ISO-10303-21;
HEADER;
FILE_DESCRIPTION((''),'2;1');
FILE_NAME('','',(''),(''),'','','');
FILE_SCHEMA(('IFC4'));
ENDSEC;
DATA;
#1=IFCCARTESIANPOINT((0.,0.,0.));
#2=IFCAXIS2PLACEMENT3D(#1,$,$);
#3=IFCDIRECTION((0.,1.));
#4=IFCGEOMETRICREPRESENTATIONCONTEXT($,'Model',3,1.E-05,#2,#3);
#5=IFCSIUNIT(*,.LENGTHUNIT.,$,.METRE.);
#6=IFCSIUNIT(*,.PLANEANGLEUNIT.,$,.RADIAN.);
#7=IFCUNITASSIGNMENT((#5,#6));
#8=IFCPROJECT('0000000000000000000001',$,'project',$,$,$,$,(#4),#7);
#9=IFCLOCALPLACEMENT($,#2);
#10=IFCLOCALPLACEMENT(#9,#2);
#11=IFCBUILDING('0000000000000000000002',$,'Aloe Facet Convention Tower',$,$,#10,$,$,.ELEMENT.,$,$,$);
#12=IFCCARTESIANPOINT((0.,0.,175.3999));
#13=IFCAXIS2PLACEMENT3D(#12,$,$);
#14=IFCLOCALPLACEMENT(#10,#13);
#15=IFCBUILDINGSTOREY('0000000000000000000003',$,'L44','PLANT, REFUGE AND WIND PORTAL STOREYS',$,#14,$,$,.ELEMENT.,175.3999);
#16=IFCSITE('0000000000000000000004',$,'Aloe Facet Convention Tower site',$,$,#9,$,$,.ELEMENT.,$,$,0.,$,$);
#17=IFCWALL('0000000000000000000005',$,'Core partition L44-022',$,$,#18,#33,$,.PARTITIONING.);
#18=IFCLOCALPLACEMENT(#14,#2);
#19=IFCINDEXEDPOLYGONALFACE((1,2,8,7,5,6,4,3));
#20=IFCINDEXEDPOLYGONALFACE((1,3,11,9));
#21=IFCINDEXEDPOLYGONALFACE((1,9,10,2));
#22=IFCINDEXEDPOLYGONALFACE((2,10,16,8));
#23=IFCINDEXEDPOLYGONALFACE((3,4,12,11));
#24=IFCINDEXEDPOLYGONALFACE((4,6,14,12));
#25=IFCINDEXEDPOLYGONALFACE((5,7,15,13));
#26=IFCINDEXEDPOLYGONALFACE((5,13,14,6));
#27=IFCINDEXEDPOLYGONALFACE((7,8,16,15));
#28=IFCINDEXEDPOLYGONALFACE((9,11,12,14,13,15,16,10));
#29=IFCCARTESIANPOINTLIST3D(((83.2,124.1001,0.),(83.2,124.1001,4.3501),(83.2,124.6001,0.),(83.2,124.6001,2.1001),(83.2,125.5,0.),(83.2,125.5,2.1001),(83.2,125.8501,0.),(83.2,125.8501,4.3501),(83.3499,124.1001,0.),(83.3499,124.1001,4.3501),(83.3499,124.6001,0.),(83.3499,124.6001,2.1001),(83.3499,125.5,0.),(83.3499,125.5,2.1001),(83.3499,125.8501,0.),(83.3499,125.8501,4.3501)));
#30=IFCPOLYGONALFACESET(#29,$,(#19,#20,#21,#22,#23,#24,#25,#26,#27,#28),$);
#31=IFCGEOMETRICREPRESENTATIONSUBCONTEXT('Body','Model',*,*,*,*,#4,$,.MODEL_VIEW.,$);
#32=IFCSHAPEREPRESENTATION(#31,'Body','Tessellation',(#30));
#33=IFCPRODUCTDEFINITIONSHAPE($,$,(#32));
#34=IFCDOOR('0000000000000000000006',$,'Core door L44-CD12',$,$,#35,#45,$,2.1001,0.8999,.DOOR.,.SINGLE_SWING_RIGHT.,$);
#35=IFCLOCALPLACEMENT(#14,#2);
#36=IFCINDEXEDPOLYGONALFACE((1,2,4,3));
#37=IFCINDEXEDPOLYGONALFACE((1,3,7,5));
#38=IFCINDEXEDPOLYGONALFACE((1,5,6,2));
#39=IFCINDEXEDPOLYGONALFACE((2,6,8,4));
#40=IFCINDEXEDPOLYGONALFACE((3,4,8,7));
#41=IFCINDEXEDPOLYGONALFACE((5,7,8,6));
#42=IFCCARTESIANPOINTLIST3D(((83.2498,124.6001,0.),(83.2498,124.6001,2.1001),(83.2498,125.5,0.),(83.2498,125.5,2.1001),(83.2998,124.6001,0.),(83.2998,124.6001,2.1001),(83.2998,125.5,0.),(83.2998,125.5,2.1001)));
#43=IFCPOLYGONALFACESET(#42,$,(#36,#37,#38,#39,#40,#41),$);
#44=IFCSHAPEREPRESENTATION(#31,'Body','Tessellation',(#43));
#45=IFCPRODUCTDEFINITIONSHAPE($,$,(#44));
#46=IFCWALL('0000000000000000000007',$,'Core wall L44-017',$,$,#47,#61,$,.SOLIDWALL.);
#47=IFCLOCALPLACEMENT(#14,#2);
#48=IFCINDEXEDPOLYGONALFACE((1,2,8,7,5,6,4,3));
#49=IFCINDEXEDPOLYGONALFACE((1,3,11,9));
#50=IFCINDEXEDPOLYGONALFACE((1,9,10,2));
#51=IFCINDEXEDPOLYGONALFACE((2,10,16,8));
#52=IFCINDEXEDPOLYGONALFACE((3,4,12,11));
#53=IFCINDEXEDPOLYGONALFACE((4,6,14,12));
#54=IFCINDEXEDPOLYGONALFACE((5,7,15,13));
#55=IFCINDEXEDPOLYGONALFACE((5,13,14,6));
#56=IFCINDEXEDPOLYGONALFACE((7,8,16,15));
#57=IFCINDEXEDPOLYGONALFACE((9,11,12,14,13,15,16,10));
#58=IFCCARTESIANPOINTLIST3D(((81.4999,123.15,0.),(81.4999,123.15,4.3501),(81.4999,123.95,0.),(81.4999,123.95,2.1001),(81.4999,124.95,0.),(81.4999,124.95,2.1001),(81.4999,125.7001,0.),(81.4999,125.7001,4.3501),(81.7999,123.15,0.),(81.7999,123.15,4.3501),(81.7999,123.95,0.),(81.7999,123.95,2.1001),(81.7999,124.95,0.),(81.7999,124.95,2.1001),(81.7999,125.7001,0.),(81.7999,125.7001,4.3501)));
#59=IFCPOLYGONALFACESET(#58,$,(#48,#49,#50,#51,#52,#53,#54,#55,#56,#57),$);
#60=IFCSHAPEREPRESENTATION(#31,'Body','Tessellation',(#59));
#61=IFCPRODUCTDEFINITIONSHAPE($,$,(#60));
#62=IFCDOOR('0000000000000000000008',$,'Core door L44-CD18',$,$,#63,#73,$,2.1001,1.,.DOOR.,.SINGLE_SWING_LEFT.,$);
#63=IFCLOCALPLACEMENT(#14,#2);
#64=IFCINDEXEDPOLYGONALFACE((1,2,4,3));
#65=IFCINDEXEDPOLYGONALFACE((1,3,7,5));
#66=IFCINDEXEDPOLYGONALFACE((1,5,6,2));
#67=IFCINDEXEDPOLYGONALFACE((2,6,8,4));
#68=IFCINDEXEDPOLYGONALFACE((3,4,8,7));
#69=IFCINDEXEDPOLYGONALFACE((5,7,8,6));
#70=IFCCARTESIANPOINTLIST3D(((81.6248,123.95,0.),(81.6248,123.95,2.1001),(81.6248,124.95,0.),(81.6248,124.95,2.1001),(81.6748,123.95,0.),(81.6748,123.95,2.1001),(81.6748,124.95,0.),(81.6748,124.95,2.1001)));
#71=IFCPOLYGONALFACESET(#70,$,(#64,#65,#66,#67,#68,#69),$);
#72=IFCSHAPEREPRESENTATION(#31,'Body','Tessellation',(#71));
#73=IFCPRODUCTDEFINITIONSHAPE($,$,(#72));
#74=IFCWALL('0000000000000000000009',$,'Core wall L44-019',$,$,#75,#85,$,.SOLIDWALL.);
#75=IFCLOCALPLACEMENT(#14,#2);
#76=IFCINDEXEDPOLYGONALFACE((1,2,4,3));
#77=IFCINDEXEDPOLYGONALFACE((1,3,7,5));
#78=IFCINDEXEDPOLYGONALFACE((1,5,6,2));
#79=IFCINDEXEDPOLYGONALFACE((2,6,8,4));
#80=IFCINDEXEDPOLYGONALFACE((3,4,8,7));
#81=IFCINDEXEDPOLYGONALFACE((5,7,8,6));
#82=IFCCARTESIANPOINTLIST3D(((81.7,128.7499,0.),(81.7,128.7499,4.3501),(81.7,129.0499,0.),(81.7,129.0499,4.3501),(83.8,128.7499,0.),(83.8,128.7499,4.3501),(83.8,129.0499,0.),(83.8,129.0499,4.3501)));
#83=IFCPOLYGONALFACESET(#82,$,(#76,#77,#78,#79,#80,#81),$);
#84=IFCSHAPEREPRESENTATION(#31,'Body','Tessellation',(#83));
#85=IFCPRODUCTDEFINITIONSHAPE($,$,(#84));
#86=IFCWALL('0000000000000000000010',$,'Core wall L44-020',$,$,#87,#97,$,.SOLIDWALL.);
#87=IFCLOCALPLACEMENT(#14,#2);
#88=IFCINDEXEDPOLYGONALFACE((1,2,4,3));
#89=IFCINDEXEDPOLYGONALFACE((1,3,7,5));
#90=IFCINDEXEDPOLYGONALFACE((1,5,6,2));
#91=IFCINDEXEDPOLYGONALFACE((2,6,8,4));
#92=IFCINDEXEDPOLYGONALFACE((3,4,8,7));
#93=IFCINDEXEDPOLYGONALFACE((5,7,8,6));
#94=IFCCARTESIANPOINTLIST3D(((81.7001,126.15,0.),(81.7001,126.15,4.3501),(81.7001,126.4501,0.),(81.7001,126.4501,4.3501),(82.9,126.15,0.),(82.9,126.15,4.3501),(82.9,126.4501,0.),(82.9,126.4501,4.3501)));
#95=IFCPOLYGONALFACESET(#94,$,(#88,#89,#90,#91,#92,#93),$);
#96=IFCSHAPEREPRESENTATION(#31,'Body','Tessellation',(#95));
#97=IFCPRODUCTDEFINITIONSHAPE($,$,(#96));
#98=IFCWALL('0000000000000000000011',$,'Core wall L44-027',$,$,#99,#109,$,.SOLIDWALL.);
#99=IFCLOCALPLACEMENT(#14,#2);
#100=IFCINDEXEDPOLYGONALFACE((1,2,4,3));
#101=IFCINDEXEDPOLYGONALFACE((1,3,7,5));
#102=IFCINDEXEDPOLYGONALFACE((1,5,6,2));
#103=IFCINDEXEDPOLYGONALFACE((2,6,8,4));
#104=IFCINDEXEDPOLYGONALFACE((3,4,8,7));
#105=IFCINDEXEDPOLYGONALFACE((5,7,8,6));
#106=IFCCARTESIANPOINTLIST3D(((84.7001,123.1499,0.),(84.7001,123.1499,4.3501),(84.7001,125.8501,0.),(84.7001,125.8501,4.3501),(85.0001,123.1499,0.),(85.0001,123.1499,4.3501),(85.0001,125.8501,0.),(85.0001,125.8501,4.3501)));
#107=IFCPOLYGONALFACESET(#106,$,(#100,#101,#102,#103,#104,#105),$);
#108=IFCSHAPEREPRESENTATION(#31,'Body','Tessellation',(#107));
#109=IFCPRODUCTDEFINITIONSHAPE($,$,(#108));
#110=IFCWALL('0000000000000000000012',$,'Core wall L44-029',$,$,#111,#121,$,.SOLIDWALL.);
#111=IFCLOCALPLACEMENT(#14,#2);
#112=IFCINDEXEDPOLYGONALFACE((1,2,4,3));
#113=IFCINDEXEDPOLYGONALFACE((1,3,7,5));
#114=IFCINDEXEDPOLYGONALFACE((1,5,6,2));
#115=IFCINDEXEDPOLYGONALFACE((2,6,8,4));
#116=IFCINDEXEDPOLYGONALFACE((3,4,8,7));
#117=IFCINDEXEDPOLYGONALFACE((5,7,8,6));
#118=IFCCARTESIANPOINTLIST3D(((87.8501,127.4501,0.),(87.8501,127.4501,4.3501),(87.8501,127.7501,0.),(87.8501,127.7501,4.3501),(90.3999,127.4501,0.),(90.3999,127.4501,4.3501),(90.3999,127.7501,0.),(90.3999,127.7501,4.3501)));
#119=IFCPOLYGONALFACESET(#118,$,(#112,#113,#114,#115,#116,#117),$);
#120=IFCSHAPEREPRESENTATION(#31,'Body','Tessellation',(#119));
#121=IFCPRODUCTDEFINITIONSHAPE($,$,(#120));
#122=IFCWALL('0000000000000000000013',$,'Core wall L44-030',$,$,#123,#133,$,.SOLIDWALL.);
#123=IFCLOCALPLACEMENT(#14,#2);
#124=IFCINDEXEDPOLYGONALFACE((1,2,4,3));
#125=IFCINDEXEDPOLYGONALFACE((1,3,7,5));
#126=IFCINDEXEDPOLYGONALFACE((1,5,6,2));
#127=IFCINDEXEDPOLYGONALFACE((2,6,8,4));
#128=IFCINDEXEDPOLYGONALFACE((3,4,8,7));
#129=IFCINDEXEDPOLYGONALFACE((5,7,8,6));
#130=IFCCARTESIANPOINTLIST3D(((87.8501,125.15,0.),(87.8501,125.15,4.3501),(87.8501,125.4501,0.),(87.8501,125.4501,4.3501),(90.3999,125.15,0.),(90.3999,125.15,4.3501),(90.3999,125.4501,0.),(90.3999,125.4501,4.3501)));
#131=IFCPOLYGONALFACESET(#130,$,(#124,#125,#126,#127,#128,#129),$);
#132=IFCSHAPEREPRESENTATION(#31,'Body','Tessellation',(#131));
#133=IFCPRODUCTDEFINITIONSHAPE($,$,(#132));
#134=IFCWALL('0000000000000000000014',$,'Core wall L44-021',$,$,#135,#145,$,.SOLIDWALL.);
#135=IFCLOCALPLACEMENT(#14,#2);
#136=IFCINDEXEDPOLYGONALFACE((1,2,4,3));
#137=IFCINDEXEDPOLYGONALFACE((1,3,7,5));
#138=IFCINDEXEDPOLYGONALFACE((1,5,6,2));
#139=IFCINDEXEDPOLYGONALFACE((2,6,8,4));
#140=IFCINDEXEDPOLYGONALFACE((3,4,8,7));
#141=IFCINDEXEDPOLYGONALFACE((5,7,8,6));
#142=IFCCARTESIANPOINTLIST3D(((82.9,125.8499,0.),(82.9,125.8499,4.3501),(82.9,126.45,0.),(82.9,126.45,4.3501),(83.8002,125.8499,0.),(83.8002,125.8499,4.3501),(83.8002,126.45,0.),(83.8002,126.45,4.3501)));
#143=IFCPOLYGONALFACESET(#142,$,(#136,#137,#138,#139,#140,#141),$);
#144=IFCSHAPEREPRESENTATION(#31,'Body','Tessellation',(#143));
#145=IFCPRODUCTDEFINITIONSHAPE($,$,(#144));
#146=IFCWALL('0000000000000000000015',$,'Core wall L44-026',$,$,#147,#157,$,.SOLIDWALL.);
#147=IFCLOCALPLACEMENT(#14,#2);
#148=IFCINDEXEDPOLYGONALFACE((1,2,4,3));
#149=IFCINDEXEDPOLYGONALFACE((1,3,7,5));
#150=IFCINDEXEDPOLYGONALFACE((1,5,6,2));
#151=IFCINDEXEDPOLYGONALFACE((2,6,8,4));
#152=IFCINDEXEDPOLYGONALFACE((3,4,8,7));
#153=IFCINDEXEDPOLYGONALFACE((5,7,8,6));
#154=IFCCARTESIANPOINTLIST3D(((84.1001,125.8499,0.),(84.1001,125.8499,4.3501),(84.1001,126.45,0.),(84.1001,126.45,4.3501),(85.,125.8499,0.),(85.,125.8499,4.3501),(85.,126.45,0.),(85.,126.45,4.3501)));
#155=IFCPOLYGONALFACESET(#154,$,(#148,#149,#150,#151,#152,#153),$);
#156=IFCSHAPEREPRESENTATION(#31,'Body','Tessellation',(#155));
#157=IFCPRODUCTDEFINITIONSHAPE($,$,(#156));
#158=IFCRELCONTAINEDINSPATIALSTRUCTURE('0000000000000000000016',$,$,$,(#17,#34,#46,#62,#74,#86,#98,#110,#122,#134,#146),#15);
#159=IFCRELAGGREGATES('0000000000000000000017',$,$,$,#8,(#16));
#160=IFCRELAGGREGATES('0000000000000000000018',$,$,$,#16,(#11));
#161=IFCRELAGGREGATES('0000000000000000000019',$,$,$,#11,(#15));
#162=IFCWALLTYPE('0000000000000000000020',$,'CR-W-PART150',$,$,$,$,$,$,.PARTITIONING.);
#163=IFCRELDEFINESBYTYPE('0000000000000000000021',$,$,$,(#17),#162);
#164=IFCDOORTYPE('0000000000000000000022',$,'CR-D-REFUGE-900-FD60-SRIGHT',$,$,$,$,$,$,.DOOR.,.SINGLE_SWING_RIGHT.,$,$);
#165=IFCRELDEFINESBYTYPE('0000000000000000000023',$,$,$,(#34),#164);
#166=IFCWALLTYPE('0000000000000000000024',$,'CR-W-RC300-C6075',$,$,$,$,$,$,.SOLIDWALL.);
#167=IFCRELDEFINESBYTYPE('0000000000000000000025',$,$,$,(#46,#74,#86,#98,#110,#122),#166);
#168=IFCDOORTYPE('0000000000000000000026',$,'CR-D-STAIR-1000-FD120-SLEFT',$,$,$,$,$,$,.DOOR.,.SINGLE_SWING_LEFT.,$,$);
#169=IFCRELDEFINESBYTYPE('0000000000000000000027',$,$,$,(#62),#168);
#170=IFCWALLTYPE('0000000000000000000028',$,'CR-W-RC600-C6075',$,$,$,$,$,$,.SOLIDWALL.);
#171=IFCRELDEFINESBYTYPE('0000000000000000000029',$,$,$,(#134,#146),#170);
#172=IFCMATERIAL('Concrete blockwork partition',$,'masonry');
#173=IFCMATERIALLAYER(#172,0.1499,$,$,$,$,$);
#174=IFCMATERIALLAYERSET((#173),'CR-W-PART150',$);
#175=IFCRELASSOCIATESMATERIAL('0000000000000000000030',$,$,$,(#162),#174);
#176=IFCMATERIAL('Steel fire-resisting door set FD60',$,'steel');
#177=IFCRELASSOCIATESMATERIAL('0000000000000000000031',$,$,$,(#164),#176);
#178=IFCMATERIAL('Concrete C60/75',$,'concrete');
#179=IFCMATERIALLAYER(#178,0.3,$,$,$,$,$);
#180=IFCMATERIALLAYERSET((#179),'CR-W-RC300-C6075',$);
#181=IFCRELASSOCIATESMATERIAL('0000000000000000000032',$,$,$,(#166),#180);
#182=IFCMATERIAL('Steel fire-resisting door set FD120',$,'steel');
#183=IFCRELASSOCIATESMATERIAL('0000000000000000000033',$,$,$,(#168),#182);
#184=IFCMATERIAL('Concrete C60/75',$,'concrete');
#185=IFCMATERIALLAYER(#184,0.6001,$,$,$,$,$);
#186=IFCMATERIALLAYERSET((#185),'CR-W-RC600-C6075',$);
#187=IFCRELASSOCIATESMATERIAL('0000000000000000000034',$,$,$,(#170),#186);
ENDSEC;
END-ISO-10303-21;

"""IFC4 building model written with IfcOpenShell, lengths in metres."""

from ifc_helpers import new_model, si_unit, direction, frame, frame_2d, origin, place, context, subcontext, project, spatial, rectangle, extrude, material, layer, layer_set, type_object, element, fill, save


model = new_model("IFC4")

# Units and contexts
model_context = context("Model", 3, precision=1e-05, world=origin(), true_north=direction((0.0, 1.0)))
body_context = subcontext(model_context, "Body", "Model", "MODEL_VIEW")
ifc_project = project(units=[si_unit("LENGTHUNIT", "METRE"), si_unit("PLANEANGLEUNIT", "RADIAN")], contexts=[model_context])

# Site, building, storey
site_placement = place(None, origin())
site = spatial("IfcSite", under=ifc_project, at=site_placement, Name="Aloe Facet Convention Tower site", CompositionType="ELEMENT", RefElevation=0.0)
building_placement = place(site_placement, origin())
building = spatial("IfcBuilding", under=site, at=building_placement, Name="Aloe Facet Convention Tower", CompositionType="ELEMENT")
storey_placement = place(building_placement, frame((0.0, 0.0, 175.3999)))
storey = spatial("IfcBuildingStorey", under=building, at=storey_placement, Name="L44", Description="PLANT, REFUGE AND WIND PORTAL STOREYS", CompositionType="ELEMENT", Elevation=175.3999)

# Walls, openings, doors
ifc_material_1 = material(Name="Concrete blockwork partition", Category="masonry")
ifc_layer_1 = layer(ifc_material_1, 0.1499)
ifc_layer_set_1 = layer_set([ifc_layer_1], Name="CR-W-PART150")
wall_type_1 = type_object("IfcWallType", Name="CR-W-PART150", PredefinedType="PARTITIONING", material=ifc_layer_set_1)
wall_1_placement = place(storey_placement, frame((83.2749, 125.8501, 0.0), z_axis=(0.0, 0.0, 1.0), x_axis=(0.0, -1.0, 0.0)))
wall_1 = element("IfcWall", 1, at=wall_1_placement, inside=storey, type_object=wall_type_1, Name="Core partition L44-022", PredefinedType="PARTITIONING", context=body_context, shape_type="SweptSolid", body=[
    extrude(rectangle(XDim=1.75, YDim=0.1499, at=frame_2d((0.875, 0.0))), origin(), (0.0, 0.0, 1.0), 4.3501),
])
opening_1_placement = place(wall_1_placement, frame((0.3501, 0.0, 0.0)))
opening_1 = element("IfcOpeningElement", 2, at=opening_1_placement, cuts=wall_1, PredefinedType="OPENING", context=body_context, shape_type="SweptSolid", body=[
    extrude(rectangle(XDim=0.8999, YDim=2.1001, at=frame_2d((0.45, 1.05))), frame((0.0, 0.085, 0.0), z_axis=(0.0, -1.0, 0.0), x_axis=(1.0, 0.0, 0.0)), (0.0, 0.0, 1.0), 0.1699),
])
ifc_material_2 = material(Name="Steel fire-resisting door set FD60", Category="steel")
door_type_1 = type_object("IfcDoorType", Name="CR-D-REFUGE-900-FD60-SRIGHT", OperationType="SINGLE_SWING_RIGHT", PredefinedType="DOOR", material=ifc_material_2)
door_1_placement = place(opening_1_placement, origin())
door_1 = element("IfcDoor", 3, at=door_1_placement, inside=storey, type_object=door_type_1, Name="Core door L44-CD12", OperationType="SINGLE_SWING_RIGHT", OverallHeight=2.1001, OverallWidth=0.8999, PredefinedType="DOOR", context=body_context, shape_type="SweptSolid", body=[
    extrude(rectangle(XDim=0.8999, YDim=2.1001, at=frame_2d((0.45, 1.05))), frame((0.0, 0.0249, 0.0), z_axis=(0.0, -1.0, 0.0), x_axis=(1.0, 0.0, 0.0)), (0.0, 0.0, 1.0), 0.05),
])
fill(opening_1, door_1)
ifc_material_3 = material(Name="Concrete C60/75", Category="concrete")
ifc_layer_2 = layer(ifc_material_3, 0.3)
ifc_layer_set_2 = layer_set([ifc_layer_2], Name="CR-W-RC300-C6075")
wall_type_2 = type_object("IfcWallType", Name="CR-W-RC300-C6075", PredefinedType="SOLIDWALL", material=ifc_layer_set_2)
wall_2_placement = place(storey_placement, frame((81.6499, 125.7, 0.0), z_axis=(0.0, 0.0, 1.0), x_axis=(0.0, -1.0, 0.0)))
wall_2 = element("IfcWall", 4, at=wall_2_placement, inside=storey, type_object=wall_type_2, Name="Core wall L44-017", PredefinedType="SOLIDWALL", context=body_context, shape_type="SweptSolid", body=[
    extrude(rectangle(XDim=2.55, YDim=0.3, at=frame_2d((1.2749, 0.0))), origin(), (0.0, 0.0, 1.0), 4.3501),
])
opening_2_placement = place(wall_2_placement, frame((0.75, 0.0, 0.0)))
opening_2 = element("IfcOpeningElement", 5, at=opening_2_placement, cuts=wall_2, PredefinedType="OPENING", context=body_context, shape_type="SweptSolid", body=[
    extrude(rectangle(XDim=1.0, YDim=2.1001, at=frame_2d((0.5, 1.05))), frame((0.0, 0.1602, 0.0), z_axis=(0.0, -1.0, 0.0), x_axis=(1.0, 0.0, 0.0)), (0.0, 0.0, 1.0), 0.3201),
])
ifc_material_4 = material(Name="Steel fire-resisting door set FD120", Category="steel")
door_type_2 = type_object("IfcDoorType", Name="CR-D-STAIR-1000-FD120-SLEFT", OperationType="SINGLE_SWING_LEFT", PredefinedType="DOOR", material=ifc_material_4)
door_2_placement = place(opening_2_placement, origin())
door_2 = element("IfcDoor", 6, at=door_2_placement, inside=storey, type_object=door_type_2, Name="Core door L44-CD18", OperationType="SINGLE_SWING_LEFT", OverallHeight=2.1001, OverallWidth=1.0, PredefinedType="DOOR", context=body_context, shape_type="SweptSolid", body=[
    extrude(rectangle(XDim=1.0, YDim=2.1001, at=frame_2d((0.5, 1.05))), frame((0.0, 0.0249, 0.0), z_axis=(0.0, -1.0, 0.0), x_axis=(1.0, 0.0, 0.0)), (0.0, 0.0, 1.0), 0.05),
])
fill(opening_2, door_2)

# Walls
wall_3_placement = place(storey_placement, frame((81.7, 128.8999, 0.0), z_axis=(0.0, 0.0, 1.0), x_axis=(1.0, 0.0, 0.0)))
element("IfcWall", 7, at=wall_3_placement, inside=storey, type_object=wall_type_2, Name="Core wall L44-019", PredefinedType="SOLIDWALL", context=body_context, shape_type="SweptSolid", body=[
    extrude(rectangle(XDim=2.1001, YDim=0.3, at=frame_2d((1.05, 0.0))), origin(), (0.0, 0.0, 1.0), 4.3501),
])
wall_4_placement = place(storey_placement, frame((81.7, 126.3, 0.0), z_axis=(0.0, 0.0, 1.0), x_axis=(1.0, 0.0, 0.0)))
element("IfcWall", 8, at=wall_4_placement, inside=storey, type_object=wall_type_2, Name="Core wall L44-020", PredefinedType="SOLIDWALL", context=body_context, shape_type="SweptSolid", body=[
    extrude(rectangle(XDim=1.2, YDim=0.3, at=frame_2d((0.6001, 0.0))), origin(), (0.0, 0.0, 1.0), 4.3501),
])
wall_5_placement = place(storey_placement, frame((84.8501, 125.8501, 0.0), z_axis=(0.0, 0.0, 1.0), x_axis=(0.0, -1.0, 0.0)))
element("IfcWall", 9, at=wall_5_placement, inside=storey, type_object=wall_type_2, Name="Core wall L44-027", PredefinedType="SOLIDWALL", context=body_context, shape_type="SweptSolid", body=[
    extrude(rectangle(XDim=2.7002, YDim=0.3, at=frame_2d((1.3501, 0.0))), origin(), (0.0, 0.0, 1.0), 4.3501),
])
for number, where, z_axis, x_axis, name in (
    (10, (87.8501, 127.6001, 0.0), (0.0, 0.0, 1.0), (1.0, 0.0, 0.0), "Core wall L44-029"),
    (11, (87.8501, 125.3, 0.0), (0.0, 0.0, 1.0), (1.0, 0.0, 0.0), "Core wall L44-030"),
):
    element("IfcWall", number, at=place(storey_placement, frame(where, z_axis=z_axis, x_axis=x_axis)), inside=storey, type_object=wall_type_2, Name=name, PredefinedType="SOLIDWALL", context=body_context, shape_type="SweptSolid", body=[
        extrude(rectangle(XDim=2.5498, YDim=0.3, at=frame_2d((1.2749, 0.0))), origin(), (0.0, 0.0, 1.0), 4.3501),
    ])
ifc_material_5 = material(Name="Concrete C60/75", Category="concrete")
ifc_layer_3 = layer(ifc_material_5, 0.6001)
ifc_layer_set_3 = layer_set([ifc_layer_3], Name="CR-W-RC600-C6075")
wall_type_3 = type_object("IfcWallType", Name="CR-W-RC600-C6075", PredefinedType="SOLIDWALL", material=ifc_layer_set_3)
wall_6_placement = place(storey_placement, frame((82.8999, 126.1499, 0.0), z_axis=(0.0, 0.0, 1.0), x_axis=(1.0, 0.0, 0.0)))
element("IfcWall", 12, at=wall_6_placement, inside=storey, type_object=wall_type_3, Name="Core wall L44-021", PredefinedType="SOLIDWALL", context=body_context, shape_type="SweptSolid", body=[
    extrude(rectangle(XDim=0.9001, YDim=0.6001, at=frame_2d((0.4502, 0.0))), origin(), (0.0, 0.0, 1.0), 4.3501),
])
wall_7_placement = place(storey_placement, frame((84.1001, 126.1499, 0.0), z_axis=(0.0, 0.0, 1.0), x_axis=(1.0, 0.0, 0.0)))
element("IfcWall", 13, at=wall_7_placement, inside=storey, type_object=wall_type_3, Name="Core wall L44-026", PredefinedType="SOLIDWALL", context=body_context, shape_type="SweptSolid", body=[
    extrude(rectangle(XDim=0.8999, YDim=0.6001, at=frame_2d((0.45, 0.0))), origin(), (0.0, 0.0, 1.0), 4.3501),
])

save(model, "model.ifc")
